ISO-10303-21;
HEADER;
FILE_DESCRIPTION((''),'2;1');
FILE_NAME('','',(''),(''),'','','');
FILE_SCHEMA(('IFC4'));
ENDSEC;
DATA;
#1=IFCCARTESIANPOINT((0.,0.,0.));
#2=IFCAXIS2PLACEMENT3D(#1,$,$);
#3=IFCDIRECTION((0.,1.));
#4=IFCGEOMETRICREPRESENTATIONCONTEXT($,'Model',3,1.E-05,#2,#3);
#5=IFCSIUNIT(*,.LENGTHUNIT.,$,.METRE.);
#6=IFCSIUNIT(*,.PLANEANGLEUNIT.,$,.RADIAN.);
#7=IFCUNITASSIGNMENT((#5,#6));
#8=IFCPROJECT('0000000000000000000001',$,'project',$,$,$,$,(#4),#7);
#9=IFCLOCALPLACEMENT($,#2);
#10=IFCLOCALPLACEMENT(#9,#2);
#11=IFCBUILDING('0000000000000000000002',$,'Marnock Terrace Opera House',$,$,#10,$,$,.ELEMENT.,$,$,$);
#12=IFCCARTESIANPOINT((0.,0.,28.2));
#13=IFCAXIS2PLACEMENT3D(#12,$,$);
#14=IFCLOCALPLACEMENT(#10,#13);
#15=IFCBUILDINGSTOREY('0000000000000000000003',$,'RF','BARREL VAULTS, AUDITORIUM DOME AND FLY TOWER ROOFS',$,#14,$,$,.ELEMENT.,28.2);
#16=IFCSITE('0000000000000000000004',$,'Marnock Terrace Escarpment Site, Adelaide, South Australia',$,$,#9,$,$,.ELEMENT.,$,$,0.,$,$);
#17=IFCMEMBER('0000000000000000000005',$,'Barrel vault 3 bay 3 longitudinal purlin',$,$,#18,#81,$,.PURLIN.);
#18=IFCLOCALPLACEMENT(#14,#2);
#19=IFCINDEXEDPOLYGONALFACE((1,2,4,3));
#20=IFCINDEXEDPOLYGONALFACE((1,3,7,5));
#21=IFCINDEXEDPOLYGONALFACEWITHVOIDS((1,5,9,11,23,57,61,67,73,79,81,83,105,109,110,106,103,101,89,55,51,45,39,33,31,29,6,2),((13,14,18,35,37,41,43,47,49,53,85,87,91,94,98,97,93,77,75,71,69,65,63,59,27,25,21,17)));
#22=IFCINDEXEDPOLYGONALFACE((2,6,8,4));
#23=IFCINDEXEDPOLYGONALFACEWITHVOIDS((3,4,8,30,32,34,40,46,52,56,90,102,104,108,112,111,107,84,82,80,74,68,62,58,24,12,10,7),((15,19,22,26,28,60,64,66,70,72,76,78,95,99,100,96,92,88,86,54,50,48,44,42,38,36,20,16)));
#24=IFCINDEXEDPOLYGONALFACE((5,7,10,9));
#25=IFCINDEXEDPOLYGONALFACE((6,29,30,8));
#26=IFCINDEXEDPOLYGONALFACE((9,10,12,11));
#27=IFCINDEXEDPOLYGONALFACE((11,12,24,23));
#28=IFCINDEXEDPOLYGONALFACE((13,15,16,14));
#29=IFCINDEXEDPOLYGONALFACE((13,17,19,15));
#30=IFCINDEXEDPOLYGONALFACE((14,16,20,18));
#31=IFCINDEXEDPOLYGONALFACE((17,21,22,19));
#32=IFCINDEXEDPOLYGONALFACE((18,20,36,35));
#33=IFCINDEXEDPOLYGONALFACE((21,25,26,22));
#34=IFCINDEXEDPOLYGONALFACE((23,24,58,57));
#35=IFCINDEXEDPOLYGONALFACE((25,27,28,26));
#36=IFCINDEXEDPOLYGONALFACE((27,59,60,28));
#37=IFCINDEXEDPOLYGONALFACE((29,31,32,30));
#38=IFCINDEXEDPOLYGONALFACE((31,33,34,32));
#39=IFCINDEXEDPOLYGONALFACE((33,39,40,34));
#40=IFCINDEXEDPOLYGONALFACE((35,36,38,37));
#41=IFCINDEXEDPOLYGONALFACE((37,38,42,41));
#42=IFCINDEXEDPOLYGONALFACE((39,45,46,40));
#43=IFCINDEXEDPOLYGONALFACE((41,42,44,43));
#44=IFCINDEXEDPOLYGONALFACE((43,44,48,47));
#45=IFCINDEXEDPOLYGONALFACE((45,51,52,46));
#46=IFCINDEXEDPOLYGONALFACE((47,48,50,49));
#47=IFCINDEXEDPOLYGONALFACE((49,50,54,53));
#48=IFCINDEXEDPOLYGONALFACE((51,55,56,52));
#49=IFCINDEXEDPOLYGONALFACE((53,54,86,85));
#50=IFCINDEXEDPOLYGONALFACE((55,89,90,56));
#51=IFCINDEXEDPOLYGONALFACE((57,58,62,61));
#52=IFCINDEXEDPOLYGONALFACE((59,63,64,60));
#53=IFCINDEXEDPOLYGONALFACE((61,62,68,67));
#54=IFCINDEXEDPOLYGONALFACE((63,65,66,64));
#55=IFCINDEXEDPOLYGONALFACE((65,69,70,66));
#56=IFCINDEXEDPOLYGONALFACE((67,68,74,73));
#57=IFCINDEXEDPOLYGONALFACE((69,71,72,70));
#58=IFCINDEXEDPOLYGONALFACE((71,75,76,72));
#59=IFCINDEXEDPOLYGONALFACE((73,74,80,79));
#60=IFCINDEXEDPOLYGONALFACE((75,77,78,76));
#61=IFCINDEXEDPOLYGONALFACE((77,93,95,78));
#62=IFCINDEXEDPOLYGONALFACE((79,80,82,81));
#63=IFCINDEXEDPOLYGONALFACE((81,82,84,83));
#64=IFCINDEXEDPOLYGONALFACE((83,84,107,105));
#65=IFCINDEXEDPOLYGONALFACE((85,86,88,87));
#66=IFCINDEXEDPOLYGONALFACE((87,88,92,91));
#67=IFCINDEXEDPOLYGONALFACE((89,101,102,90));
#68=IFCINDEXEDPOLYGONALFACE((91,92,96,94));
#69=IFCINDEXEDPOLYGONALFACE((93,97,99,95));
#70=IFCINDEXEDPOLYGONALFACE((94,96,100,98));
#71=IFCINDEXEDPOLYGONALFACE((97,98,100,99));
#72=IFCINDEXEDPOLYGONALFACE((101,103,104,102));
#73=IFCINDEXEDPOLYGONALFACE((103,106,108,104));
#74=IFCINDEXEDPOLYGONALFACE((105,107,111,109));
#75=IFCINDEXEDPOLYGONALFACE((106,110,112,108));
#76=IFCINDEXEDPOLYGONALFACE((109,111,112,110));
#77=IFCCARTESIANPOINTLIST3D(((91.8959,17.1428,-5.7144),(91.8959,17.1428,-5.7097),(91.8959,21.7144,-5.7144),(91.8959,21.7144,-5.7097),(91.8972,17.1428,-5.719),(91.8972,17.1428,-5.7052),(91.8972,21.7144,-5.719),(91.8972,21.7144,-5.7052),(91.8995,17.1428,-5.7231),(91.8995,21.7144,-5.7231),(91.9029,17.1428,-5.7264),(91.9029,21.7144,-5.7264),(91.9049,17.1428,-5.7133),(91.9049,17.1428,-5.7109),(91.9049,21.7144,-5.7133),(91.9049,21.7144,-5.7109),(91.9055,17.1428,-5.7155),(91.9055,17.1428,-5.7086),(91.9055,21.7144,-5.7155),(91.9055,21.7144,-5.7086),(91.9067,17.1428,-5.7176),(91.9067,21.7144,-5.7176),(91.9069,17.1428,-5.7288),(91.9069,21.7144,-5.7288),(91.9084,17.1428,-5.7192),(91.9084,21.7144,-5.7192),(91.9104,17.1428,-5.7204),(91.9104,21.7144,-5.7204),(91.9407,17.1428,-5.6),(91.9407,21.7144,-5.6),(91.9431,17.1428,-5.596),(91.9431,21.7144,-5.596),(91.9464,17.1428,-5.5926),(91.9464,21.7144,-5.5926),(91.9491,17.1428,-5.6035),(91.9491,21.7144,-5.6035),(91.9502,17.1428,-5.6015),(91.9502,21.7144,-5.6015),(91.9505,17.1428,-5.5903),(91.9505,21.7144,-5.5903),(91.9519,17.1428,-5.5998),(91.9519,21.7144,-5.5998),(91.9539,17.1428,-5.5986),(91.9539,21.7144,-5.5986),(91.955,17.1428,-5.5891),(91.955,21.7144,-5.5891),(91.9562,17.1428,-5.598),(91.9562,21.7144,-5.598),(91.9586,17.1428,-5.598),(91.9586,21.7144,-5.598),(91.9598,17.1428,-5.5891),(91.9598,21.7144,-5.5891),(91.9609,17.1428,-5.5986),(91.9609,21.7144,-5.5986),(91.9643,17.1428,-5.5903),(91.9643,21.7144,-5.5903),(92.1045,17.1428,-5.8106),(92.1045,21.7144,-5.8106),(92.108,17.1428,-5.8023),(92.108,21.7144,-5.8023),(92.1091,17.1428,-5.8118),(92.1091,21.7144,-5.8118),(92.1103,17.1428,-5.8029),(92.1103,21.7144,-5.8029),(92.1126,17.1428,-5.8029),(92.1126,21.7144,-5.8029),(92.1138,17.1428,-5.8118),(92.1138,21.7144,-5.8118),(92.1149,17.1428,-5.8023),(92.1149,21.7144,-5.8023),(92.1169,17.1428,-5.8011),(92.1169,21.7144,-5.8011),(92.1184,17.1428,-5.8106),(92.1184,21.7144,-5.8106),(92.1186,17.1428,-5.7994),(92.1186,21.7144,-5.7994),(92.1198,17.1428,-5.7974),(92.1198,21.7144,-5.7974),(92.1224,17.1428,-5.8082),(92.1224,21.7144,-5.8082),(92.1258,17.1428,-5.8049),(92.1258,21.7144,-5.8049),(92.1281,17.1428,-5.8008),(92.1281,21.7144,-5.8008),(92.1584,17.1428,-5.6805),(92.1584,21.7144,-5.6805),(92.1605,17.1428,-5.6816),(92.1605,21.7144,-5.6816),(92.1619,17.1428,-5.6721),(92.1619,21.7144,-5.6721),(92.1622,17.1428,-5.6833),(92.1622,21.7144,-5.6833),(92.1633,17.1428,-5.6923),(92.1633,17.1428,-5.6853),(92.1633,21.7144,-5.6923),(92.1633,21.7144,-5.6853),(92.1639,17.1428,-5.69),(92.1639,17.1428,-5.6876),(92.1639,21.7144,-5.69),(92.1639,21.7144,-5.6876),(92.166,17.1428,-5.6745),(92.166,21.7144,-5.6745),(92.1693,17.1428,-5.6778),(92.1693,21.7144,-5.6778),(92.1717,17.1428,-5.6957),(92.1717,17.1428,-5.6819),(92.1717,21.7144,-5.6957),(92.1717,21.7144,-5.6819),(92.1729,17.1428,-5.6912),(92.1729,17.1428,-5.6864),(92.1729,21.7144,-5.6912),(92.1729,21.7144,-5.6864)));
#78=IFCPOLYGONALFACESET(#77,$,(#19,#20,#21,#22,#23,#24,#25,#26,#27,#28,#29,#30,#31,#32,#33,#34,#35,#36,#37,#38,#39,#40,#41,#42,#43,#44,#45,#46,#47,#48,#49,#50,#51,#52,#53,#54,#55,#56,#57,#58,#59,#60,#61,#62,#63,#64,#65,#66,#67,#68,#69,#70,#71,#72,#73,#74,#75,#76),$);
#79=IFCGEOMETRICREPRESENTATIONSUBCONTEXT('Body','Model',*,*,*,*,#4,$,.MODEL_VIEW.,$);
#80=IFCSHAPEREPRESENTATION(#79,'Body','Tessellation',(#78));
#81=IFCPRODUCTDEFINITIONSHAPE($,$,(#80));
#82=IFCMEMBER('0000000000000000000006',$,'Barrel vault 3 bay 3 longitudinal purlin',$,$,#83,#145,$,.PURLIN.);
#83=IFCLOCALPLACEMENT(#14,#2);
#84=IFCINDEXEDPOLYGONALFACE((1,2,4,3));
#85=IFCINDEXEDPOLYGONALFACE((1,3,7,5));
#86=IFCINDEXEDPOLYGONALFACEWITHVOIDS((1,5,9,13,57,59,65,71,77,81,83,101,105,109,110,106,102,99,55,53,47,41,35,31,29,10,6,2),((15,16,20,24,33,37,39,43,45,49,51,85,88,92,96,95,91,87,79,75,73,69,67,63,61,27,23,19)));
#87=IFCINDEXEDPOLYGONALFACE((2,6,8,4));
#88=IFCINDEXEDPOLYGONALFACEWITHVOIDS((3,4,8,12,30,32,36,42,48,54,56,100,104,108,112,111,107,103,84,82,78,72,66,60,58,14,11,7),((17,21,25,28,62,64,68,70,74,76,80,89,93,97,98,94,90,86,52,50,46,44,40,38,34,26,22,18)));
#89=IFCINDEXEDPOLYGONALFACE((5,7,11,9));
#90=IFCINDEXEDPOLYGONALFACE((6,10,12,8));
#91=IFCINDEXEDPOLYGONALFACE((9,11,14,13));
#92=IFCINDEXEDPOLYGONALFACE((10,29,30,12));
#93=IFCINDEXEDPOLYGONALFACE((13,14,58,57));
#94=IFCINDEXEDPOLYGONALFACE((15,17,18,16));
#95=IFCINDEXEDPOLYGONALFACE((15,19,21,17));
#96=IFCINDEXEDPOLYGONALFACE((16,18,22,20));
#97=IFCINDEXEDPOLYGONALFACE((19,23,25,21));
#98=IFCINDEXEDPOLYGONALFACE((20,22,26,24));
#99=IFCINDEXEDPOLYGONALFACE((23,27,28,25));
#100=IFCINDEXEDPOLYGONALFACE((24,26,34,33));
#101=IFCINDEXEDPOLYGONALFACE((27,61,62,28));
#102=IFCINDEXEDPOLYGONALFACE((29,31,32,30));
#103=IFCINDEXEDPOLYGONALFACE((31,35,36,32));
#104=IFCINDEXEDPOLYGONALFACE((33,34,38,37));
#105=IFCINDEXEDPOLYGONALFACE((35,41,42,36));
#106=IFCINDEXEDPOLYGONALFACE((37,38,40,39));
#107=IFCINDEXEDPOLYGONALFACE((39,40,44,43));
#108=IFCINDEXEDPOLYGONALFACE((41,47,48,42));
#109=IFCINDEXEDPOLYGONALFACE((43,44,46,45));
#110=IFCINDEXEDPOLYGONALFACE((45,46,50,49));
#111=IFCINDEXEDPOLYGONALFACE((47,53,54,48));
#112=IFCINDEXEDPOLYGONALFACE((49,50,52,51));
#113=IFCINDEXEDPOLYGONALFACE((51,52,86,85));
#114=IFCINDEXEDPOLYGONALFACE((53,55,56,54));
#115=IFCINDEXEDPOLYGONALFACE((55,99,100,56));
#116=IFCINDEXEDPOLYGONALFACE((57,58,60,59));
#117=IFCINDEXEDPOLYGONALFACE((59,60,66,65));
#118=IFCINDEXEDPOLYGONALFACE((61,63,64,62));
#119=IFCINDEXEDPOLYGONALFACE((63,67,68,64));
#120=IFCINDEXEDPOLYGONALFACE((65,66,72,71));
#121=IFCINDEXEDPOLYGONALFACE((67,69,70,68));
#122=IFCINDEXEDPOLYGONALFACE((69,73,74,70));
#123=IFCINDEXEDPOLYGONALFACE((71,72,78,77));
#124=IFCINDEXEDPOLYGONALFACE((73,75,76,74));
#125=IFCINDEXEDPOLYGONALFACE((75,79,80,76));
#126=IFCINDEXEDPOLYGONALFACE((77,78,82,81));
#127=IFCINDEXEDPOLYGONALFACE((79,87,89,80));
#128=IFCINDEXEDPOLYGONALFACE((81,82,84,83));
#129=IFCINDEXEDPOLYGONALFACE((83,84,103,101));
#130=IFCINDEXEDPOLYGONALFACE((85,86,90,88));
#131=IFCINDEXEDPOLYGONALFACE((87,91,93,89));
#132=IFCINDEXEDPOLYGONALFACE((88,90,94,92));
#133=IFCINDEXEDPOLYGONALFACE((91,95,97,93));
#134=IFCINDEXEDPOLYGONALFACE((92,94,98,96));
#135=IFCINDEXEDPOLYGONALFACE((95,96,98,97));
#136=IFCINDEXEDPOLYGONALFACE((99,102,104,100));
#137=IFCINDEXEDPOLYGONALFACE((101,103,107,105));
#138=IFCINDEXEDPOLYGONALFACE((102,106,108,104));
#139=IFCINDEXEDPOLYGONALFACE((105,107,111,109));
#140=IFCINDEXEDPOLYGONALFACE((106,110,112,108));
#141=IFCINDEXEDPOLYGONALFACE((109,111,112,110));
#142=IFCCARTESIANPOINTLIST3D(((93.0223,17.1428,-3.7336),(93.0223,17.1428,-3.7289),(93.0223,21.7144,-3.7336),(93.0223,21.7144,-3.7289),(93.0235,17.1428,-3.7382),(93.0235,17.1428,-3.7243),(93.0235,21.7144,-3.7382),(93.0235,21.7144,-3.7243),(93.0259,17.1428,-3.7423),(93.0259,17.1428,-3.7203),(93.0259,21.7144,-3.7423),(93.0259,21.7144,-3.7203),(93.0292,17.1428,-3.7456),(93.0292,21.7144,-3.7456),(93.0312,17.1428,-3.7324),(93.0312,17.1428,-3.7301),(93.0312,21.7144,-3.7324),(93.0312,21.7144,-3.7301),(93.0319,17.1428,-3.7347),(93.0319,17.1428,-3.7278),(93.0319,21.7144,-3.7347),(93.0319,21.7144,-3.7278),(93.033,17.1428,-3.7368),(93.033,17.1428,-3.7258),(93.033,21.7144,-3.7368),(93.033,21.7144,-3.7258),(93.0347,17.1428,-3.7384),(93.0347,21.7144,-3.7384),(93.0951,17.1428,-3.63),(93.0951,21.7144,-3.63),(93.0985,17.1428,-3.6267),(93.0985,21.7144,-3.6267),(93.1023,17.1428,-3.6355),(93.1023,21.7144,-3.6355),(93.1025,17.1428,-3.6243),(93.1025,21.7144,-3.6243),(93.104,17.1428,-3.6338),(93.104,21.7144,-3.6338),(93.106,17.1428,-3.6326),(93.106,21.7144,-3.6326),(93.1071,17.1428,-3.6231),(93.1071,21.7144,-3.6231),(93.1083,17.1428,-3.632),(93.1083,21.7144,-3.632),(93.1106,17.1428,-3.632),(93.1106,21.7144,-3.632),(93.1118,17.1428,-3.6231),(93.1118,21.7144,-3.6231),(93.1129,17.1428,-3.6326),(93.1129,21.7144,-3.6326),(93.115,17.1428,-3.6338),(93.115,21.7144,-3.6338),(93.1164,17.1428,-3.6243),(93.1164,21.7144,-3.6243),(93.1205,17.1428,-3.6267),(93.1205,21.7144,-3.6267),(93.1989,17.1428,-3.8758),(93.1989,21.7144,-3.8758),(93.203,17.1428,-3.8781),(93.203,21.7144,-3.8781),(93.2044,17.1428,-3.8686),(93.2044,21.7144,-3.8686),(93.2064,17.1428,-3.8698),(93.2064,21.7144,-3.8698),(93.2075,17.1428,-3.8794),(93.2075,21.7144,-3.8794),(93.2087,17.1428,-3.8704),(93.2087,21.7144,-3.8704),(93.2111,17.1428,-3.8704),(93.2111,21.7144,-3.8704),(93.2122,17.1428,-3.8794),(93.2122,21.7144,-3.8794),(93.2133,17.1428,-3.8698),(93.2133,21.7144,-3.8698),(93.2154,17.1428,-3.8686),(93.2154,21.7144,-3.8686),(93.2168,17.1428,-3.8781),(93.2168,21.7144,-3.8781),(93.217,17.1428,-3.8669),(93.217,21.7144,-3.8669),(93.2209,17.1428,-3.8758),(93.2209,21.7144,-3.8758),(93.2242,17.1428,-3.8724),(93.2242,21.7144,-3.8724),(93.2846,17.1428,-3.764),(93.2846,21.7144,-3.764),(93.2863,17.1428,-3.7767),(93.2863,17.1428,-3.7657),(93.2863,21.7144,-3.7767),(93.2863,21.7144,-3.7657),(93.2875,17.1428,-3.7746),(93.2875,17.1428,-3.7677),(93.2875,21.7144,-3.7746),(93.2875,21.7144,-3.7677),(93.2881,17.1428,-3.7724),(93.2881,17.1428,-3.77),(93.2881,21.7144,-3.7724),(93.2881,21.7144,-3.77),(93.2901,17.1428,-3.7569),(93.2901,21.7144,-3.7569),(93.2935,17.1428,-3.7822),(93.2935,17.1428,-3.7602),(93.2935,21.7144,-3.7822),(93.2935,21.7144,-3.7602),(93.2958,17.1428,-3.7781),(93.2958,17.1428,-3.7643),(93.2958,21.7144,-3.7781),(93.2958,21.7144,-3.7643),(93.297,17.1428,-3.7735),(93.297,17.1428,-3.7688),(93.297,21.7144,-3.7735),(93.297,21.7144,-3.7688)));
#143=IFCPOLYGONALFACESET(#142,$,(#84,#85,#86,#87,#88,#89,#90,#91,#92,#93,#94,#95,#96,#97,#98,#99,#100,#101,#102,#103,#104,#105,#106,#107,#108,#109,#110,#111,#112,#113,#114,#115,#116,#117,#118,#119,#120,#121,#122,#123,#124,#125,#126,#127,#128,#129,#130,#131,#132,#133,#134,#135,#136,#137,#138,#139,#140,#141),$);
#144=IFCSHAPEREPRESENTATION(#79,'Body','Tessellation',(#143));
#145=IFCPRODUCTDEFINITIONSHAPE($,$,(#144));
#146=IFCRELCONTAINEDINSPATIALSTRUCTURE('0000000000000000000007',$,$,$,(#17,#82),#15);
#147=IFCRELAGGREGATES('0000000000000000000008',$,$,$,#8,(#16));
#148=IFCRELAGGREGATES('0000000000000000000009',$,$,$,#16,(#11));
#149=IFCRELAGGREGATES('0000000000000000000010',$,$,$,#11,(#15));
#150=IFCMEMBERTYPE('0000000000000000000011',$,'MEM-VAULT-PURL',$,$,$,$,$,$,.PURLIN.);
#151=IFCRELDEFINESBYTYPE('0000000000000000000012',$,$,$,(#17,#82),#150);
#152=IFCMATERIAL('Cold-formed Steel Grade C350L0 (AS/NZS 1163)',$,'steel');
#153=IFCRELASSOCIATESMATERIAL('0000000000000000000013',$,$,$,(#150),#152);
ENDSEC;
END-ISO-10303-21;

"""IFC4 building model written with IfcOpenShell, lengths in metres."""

from ifc_helpers import new_model, si_unit, direction, frame, origin, origin_2d, place, context, subcontext, project, spatial, hollow_rectangle, extrude, material, material_profile, profile_set, type_object, element, save


model = new_model("IFC4")

# Units and contexts
model_context = context("Model", 3, precision=1e-05, world=origin(), true_north=direction((0.0, 1.0)))
body_context = subcontext(model_context, "Body", "Model", "MODEL_VIEW")
ifc_project = project(units=[si_unit("LENGTHUNIT", "METRE"), si_unit("PLANEANGLEUNIT", "RADIAN")], contexts=[model_context])

# Site, building, storey
site_placement = place(None, origin())
site = spatial("IfcSite", under=ifc_project, at=site_placement, Name="Marnock Terrace Escarpment Site, Adelaide, South Australia", CompositionType="ELEMENT", RefElevation=0.0)
building_placement = place(site_placement, origin())
building = spatial("IfcBuilding", under=site, at=building_placement, Name="Marnock Terrace Opera House", CompositionType="ELEMENT")
storey_placement = place(building_placement, frame((0.0, 0.0, 28.2)))
storey = spatial("IfcBuildingStorey", under=building, at=storey_placement, Name="RF", Description="BARREL VAULTS, AUDITORIUM DOME AND FLY TOWER ROOFS", CompositionType="ELEMENT", Elevation=28.2)

# Members
ifc_material = material(Name="Cold-formed Steel Grade C350L0 (AS/NZS 1163)", Category="steel")
ifc_material_profile_1 = material_profile(ifc_material, hollow_rectangle(XDim=0.1499, YDim=0.25, WallThickness=0.009, InnerFilletRadius=0.009, OuterFilletRadius=0.0181, at=origin_2d()))
ifc_profile_set_1 = profile_set([ifc_material_profile_1], Name="Cold-formed Steel Grade C350L0 (AS/NZS 1163)")
member_type_1 = type_object("IfcMemberType", Name="MEM-VAULT-PURL", PredefinedType="PURLIN", material=ifc_profile_set_1)
for number, where, z_axis, x_axis, name in (
    (1, (92.0344, 17.1428, -5.7004), (0.0, 1.0, 0.0), (-0.382683, 0.0, -0.92388), "Barrel vault 3 bay 3 longitudinal purlin"),
    (2, (93.1597, 17.1428, -3.7512), (0.0, 1.0, 0.0), (-0.608761, 0.0, -0.793353), "Barrel vault 3 bay 3 longitudinal purlin"),
):
    element("IfcMember", number, at=place(storey_placement, frame(where, z_axis=z_axis, x_axis=x_axis)), inside=storey, type_object=member_type_1, Name=name, PredefinedType="PURLIN", context=body_context, shape_type="SweptSolid", body=[
        extrude(hollow_rectangle(XDim=0.1499, YDim=0.25, WallThickness=0.009, InnerFilletRadius=0.009, OuterFilletRadius=0.0181, at=origin_2d()), origin(), (0.0, 0.0, 1.0), 4.5715),
    ])

save(model, "model.ifc")
